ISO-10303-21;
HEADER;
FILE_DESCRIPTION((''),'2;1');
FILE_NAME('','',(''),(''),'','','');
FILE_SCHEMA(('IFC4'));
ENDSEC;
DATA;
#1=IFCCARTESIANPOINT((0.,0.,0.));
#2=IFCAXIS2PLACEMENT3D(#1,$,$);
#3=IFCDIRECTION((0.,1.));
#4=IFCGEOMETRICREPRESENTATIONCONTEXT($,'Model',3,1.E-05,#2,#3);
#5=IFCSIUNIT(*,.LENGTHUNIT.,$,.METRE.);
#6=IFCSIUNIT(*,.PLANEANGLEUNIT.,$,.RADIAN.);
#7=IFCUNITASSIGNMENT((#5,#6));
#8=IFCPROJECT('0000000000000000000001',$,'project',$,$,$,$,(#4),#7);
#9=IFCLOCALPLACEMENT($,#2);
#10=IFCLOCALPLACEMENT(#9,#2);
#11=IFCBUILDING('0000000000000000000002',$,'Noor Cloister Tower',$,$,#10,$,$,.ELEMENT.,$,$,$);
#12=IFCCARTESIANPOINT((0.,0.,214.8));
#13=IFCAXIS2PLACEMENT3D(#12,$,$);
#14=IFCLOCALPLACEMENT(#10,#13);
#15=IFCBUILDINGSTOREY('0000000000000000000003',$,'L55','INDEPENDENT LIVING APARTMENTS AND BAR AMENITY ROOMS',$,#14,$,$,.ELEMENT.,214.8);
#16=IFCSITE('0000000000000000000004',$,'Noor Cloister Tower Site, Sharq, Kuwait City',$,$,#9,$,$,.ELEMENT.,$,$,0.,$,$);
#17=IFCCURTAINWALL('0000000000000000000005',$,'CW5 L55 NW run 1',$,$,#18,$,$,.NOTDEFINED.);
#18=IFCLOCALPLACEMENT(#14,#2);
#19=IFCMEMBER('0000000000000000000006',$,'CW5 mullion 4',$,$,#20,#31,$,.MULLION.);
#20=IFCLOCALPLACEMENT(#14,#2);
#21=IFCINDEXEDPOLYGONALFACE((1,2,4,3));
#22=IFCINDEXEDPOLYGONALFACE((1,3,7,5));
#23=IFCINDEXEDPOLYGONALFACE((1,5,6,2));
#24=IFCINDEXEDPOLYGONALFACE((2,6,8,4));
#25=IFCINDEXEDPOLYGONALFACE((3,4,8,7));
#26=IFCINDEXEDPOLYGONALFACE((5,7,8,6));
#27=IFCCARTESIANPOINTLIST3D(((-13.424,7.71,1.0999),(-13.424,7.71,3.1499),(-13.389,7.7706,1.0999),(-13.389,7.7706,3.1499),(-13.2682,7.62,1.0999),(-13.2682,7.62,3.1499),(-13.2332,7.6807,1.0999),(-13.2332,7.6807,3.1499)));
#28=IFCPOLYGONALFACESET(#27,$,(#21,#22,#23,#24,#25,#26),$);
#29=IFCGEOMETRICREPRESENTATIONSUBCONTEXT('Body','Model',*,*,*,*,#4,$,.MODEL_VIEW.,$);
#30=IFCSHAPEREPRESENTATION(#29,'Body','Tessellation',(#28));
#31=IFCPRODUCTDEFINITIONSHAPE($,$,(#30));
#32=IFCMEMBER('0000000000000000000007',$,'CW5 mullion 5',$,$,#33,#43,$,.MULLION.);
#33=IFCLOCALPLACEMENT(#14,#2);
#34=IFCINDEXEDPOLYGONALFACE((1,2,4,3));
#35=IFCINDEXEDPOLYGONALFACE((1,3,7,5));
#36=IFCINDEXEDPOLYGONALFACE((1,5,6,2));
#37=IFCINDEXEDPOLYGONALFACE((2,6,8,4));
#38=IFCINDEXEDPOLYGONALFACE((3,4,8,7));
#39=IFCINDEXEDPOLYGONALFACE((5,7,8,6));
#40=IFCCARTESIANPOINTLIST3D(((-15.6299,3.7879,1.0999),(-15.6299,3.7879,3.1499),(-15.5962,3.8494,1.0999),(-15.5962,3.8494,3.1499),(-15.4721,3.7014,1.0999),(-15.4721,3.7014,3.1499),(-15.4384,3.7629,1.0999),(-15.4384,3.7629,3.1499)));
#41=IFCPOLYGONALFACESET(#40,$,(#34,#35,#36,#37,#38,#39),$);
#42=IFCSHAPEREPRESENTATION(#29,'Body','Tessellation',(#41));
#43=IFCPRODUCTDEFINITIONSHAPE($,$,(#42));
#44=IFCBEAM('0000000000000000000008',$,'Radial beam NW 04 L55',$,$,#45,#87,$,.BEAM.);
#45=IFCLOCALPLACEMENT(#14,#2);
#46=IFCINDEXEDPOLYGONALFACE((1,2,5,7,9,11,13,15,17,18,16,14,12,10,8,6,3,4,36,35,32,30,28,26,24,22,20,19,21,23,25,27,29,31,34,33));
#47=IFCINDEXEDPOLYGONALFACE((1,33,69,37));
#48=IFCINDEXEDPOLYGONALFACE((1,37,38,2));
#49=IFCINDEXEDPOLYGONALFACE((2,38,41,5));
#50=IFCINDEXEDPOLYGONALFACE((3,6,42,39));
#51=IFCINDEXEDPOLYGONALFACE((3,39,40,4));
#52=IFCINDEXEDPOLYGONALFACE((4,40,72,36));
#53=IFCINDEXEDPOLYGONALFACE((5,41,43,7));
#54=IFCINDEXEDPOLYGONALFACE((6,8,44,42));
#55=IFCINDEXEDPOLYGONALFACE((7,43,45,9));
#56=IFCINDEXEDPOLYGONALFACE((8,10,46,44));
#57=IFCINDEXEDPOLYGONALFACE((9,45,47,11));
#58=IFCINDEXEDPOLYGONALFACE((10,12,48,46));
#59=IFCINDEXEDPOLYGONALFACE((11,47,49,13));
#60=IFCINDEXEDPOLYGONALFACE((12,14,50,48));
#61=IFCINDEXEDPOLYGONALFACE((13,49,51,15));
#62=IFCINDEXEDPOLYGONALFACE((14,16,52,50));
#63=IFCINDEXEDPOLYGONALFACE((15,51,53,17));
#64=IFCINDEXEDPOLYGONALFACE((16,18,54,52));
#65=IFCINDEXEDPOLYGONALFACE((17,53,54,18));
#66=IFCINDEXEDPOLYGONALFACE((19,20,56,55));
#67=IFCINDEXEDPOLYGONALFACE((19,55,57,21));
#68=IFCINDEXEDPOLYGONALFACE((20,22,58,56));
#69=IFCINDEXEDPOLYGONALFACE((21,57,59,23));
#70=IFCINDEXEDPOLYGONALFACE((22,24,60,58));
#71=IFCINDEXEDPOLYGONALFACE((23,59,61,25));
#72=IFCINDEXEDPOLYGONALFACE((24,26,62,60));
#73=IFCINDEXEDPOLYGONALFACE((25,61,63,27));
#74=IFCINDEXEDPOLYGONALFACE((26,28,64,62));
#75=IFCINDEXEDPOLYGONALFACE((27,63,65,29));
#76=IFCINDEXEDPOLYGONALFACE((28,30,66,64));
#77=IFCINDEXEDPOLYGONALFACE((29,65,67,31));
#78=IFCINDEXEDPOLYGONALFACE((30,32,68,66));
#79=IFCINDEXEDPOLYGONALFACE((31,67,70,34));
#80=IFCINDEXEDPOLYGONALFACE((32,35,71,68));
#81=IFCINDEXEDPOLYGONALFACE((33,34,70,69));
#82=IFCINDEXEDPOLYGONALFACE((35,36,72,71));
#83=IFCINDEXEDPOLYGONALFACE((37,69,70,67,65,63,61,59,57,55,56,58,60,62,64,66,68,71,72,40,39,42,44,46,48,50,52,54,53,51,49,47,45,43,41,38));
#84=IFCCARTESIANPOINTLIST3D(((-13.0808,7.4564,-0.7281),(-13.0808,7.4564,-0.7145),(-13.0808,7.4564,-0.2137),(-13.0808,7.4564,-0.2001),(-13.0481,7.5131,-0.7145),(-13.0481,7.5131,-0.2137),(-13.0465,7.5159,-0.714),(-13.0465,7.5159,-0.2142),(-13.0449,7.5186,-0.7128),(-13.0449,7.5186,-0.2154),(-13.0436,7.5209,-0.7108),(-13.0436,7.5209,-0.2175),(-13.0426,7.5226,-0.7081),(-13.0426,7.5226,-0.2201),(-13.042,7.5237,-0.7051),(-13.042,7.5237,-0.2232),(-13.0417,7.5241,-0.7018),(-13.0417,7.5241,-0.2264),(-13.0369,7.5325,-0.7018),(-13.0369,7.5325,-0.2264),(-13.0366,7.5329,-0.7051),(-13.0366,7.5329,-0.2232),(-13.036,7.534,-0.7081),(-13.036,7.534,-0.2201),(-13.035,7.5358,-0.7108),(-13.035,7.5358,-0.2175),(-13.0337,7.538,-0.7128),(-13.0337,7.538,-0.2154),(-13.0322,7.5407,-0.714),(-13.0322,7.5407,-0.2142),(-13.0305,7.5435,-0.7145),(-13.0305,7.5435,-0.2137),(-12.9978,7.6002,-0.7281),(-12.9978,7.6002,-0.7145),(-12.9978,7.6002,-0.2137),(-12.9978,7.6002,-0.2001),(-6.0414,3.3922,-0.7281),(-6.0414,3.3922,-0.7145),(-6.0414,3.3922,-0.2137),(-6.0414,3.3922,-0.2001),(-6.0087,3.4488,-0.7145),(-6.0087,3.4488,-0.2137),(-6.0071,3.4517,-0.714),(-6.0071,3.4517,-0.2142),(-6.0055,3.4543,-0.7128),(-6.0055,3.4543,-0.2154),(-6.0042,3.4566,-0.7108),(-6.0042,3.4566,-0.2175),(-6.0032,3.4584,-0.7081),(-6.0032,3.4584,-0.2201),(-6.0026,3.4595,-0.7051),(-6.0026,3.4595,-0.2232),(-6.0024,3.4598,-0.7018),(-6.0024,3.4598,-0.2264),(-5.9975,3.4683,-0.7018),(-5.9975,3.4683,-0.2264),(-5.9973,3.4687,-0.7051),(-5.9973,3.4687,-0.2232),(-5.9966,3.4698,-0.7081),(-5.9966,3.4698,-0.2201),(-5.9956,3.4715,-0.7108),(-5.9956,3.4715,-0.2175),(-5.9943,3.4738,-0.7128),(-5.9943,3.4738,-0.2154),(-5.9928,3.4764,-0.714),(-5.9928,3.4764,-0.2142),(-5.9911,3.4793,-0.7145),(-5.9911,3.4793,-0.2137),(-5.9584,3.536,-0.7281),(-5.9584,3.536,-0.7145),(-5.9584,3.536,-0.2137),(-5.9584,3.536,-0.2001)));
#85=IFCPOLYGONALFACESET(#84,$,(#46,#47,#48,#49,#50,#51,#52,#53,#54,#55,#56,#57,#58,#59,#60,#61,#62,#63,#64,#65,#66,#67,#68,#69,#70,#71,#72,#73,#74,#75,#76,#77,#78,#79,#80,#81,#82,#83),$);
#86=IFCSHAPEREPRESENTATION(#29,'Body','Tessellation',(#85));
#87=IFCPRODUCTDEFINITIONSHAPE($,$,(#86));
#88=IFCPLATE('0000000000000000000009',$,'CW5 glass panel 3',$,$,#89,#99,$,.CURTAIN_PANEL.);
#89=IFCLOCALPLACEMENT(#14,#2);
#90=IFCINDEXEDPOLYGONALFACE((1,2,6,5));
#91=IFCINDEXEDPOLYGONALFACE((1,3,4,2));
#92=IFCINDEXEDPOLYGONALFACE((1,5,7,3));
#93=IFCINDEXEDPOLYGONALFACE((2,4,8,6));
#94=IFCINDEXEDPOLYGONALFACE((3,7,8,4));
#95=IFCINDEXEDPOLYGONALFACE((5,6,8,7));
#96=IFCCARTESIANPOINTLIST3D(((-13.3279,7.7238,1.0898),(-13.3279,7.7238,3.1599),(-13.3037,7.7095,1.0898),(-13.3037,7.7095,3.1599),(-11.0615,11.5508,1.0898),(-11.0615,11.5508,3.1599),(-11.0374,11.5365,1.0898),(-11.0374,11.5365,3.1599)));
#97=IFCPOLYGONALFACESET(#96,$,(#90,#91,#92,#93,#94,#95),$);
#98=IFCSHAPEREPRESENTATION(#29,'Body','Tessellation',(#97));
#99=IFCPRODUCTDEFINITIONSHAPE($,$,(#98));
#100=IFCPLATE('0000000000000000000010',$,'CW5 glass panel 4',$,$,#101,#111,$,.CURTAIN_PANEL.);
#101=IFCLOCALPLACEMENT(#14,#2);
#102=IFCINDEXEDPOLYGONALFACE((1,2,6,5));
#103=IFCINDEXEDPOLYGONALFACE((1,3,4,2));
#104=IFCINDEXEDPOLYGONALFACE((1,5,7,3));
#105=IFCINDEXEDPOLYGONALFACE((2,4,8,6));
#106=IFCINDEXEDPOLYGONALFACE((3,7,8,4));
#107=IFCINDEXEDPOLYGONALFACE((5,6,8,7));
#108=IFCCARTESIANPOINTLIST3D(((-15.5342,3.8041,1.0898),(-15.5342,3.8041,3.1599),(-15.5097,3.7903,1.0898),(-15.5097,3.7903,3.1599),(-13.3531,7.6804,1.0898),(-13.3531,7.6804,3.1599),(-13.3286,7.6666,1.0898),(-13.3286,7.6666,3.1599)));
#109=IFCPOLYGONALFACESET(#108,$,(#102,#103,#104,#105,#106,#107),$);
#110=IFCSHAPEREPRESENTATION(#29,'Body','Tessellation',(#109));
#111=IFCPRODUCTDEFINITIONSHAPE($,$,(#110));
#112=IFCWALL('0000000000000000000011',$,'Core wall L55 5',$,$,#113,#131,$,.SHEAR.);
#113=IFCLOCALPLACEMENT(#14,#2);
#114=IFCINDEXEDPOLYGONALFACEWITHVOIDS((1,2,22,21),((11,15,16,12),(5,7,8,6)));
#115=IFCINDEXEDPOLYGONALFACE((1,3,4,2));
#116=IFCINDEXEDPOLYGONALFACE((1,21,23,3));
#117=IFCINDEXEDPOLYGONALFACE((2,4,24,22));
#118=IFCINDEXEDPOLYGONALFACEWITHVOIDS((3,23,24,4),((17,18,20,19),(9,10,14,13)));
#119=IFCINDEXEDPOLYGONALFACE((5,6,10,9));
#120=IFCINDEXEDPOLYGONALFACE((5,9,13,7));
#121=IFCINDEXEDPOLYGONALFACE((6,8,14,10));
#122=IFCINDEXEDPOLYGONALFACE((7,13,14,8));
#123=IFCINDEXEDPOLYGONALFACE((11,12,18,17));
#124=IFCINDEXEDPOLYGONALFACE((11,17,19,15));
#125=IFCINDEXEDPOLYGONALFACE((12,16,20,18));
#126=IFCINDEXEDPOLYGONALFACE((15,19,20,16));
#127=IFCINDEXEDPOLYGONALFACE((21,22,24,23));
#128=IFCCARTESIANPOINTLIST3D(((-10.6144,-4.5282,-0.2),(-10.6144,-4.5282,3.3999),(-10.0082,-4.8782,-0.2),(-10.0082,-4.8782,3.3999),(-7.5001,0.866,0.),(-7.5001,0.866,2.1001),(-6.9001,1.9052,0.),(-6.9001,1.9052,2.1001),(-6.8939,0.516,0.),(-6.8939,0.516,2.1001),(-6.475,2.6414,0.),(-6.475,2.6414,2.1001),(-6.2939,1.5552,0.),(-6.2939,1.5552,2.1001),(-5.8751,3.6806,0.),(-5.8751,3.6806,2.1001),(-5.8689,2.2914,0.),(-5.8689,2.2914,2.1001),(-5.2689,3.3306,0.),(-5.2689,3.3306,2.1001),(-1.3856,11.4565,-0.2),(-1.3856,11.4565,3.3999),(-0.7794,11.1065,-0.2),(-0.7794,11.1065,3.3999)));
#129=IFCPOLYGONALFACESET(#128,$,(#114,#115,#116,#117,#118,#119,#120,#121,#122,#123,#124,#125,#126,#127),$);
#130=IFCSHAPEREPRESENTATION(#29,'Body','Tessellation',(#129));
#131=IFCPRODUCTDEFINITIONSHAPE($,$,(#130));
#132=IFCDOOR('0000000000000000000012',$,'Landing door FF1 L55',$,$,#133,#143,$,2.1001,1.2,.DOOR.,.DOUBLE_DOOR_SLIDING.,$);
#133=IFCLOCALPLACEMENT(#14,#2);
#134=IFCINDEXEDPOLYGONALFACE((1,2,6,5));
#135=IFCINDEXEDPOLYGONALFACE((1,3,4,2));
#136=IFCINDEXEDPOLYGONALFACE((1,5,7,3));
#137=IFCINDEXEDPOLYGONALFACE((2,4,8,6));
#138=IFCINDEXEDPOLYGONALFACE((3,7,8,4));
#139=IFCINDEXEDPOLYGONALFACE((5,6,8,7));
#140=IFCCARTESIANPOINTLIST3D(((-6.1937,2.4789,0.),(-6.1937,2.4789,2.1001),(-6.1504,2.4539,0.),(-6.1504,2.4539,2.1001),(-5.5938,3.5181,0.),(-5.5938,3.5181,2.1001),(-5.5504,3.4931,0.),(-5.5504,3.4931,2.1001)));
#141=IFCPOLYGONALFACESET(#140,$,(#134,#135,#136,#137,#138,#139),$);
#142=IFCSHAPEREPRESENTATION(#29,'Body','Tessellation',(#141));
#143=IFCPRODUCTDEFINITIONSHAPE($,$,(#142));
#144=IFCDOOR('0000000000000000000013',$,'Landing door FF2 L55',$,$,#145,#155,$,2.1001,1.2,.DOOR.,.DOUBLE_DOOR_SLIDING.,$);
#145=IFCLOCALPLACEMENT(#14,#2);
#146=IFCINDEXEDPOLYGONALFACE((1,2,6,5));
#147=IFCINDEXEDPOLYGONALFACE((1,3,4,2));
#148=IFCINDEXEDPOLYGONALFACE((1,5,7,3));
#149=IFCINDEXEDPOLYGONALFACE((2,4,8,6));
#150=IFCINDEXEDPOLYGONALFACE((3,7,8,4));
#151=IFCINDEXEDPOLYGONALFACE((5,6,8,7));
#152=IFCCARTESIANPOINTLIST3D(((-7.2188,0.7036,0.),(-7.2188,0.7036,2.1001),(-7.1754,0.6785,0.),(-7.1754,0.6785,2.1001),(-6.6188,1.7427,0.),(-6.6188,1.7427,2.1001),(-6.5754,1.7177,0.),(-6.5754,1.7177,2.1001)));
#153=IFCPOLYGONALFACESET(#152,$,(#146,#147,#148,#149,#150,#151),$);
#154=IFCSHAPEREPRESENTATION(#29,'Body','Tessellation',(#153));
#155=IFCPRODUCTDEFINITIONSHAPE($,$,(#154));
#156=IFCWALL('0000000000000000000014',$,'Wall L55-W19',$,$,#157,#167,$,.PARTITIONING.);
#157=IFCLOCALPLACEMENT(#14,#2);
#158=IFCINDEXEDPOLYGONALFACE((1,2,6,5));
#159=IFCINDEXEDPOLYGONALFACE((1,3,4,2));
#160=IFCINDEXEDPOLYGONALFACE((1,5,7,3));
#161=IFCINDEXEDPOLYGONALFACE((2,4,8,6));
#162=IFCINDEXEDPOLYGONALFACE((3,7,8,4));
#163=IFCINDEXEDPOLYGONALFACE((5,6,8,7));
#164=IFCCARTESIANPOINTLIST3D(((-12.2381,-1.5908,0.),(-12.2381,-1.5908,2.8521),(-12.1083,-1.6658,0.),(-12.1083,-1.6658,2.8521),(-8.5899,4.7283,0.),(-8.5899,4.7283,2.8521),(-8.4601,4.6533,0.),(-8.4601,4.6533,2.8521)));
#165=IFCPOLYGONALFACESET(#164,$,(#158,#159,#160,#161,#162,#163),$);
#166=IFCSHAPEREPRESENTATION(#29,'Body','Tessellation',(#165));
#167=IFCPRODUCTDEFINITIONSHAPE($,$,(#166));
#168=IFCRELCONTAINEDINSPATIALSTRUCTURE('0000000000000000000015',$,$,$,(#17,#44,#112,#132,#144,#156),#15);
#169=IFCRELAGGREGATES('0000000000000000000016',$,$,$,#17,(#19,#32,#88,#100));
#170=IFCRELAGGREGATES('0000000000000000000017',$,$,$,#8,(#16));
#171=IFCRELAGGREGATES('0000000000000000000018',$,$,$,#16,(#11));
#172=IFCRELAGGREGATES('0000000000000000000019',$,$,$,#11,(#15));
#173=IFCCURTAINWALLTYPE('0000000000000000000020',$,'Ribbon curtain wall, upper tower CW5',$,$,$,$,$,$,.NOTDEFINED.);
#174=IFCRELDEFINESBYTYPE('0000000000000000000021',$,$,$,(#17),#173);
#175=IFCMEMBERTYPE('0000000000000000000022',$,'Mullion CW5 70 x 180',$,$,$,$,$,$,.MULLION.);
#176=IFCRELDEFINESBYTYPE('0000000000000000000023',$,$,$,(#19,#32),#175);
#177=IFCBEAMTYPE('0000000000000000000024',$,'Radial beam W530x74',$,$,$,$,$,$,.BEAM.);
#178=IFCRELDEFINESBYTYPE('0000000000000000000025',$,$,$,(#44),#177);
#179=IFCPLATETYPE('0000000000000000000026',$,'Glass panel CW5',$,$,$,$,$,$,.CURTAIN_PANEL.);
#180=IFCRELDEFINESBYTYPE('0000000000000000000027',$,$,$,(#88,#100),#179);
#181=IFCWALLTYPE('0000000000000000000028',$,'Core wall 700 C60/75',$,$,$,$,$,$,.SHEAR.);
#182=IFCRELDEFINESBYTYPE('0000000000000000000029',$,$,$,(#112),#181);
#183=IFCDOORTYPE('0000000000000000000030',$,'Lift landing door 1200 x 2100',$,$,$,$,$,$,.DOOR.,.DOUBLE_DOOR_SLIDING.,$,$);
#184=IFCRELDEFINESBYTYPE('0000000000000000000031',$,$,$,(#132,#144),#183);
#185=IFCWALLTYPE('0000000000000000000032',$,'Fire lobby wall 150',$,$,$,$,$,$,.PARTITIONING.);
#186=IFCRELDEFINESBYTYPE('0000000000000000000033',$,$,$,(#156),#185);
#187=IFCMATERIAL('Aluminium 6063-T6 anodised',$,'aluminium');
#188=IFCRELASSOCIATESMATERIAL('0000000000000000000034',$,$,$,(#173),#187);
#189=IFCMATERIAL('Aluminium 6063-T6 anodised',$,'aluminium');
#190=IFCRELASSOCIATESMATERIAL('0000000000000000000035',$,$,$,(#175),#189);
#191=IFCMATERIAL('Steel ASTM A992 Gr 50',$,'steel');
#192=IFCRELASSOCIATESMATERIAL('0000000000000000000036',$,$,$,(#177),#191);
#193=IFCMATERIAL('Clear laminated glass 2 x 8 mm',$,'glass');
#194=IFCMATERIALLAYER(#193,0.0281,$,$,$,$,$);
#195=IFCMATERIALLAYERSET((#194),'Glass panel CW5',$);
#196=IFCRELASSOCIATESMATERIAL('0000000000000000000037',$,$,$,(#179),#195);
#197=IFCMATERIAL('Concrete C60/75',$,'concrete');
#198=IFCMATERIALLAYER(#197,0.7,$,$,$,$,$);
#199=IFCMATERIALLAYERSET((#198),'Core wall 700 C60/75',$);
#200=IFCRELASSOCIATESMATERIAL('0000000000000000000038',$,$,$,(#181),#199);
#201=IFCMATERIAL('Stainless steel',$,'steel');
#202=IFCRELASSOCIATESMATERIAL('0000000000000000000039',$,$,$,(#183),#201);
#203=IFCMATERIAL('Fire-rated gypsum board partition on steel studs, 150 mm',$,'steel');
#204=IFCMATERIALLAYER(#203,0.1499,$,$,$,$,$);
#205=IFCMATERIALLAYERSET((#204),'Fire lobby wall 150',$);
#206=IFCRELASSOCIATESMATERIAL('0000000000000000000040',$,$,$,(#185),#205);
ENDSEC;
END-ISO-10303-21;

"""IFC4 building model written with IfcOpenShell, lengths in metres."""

from ifc_helpers import new_model, si_unit, direction, frame, frame_2d, origin, origin_2d, place, context, subcontext, project, spatial, rectangle, i_section, extrude, material, layer, layer_set, material_profile, profile_set, type_object, element, fill, aggregate, save


model = new_model("IFC4")

# Units and contexts
model_context = context("Model", 3, precision=1e-05, world=origin(), true_north=direction((0.0, 1.0)))
body_context = subcontext(model_context, "Body", "Model", "MODEL_VIEW")
ifc_project = project(units=[si_unit("LENGTHUNIT", "METRE"), si_unit("PLANEANGLEUNIT", "RADIAN")], contexts=[model_context])

# Site, building, storey
site_placement = place(None, origin())
site = spatial("IfcSite", under=ifc_project, at=site_placement, Name="Noor Cloister Tower Site, Sharq, Kuwait City", CompositionType="ELEMENT", RefElevation=0.0)
building_placement = place(site_placement, origin())
building = spatial("IfcBuilding", under=site, at=building_placement, Name="Noor Cloister Tower", CompositionType="ELEMENT")
storey_placement = place(building_placement, frame((0.0, 0.0, 214.8)))
storey = spatial("IfcBuildingStorey", under=building, at=storey_placement, Name="L55", Description="INDEPENDENT LIVING APARTMENTS AND BAR AMENITY ROOMS", CompositionType="ELEMENT", Elevation=214.8)

# Curtain wall, members
ifc_material_1 = material(Name="Aluminium 6063-T6 anodised", Category="aluminium")
curtain_wall_type = type_object("IfcCurtainWallType", Name="Ribbon curtain wall, upper tower CW5", PredefinedType="NOTDEFINED", material=ifc_material_1)
curtain_wall_placement = place(storey_placement, origin())
curtain_wall = element("IfcCurtainWall", 1, at=curtain_wall_placement, inside=storey, type_object=curtain_wall_type, Name="CW5 L55 NW run 1", PredefinedType="NOTDEFINED")
ifc_material_2 = material(Name="Aluminium 6063-T6 anodised", Category="aluminium")
ifc_material_profile_1 = material_profile(ifc_material_2, rectangle(XDim=0.1799, YDim=0.0701, at=origin_2d()), Name="180 x 70 mullion")
ifc_profile_set_1 = profile_set([ifc_material_profile_1], Name="Aluminium 6063-T6 anodised")
member_type = type_object("IfcMemberType", Name="Mullion CW5 70 x 180", PredefinedType="MULLION", material=ifc_profile_set_1)
member_1_placement = place(storey_placement, frame((-13.3286, 7.6953, 1.0999), z_axis=(0.0, 0.0, 1.0), x_axis=(0.866025, -0.5, 0.0)))
member_1 = element("IfcMember", 2, at=member_1_placement, type_object=member_type, Name="CW5 mullion 4", PredefinedType="MULLION", context=body_context, shape_type="SweptSolid", body=[
    extrude(rectangle(XDim=0.1799, YDim=0.0701, at=origin_2d()), origin(), (0.0, 0.0, 1.0), 2.05),
])
member_2_placement = place(storey_placement, frame((-15.5342, 3.7754, 1.0999), z_axis=(0.0, 0.0, 1.0), x_axis=(0.876879, -0.480711, 0.0)))
member_2 = element("IfcMember", 3, at=member_2_placement, type_object=member_type, Name="CW5 mullion 5", PredefinedType="MULLION", context=body_context, shape_type="SweptSolid", body=[
    extrude(rectangle(XDim=0.1799, YDim=0.0701, at=origin_2d()), origin(), (0.0, 0.0, 1.0), 2.05),
])

# Beam
ifc_material_3 = material(Name="Steel ASTM A992 Gr 50", Category="steel")
ifc_material_profile_2 = material_profile(ifc_material_3, i_section(OverallWidth=0.166, OverallDepth=0.5281, WebThickness=0.0098, FlangeThickness=0.0137, FilletRadius=0.0127, at=origin_2d()), Name="W530x74")
ifc_profile_set_2 = profile_set([ifc_material_profile_2], Name="Steel ASTM A992 Gr 50")
beam_type_1 = type_object("IfcBeamType", Name="Radial beam W530x74", PredefinedType="BEAM", material=ifc_profile_set_2)
beam_placement = place(storey_placement, frame((-13.0393, 7.5283, -0.4641), z_axis=(0.866022, -0.500006, 0.0), x_axis=(0.500006, 0.866022, 0.0)))
element("IfcBeam", 4, at=beam_placement, inside=storey, type_object=beam_type_1, Name="Radial beam NW 04 L55", PredefinedType="BEAM", context=body_context, shape_type="SweptSolid", body=[
    extrude(i_section(OverallWidth=0.166, OverallDepth=0.5281, WebThickness=0.0098, FlangeThickness=0.0137, FilletRadius=0.0127, at=origin_2d()), origin(), (0.0, 0.0, 1.0), 8.1284),
])

# Plates
ifc_material_4 = material(Name="Clear laminated glass 2 x 8 mm", Category="glass")
ifc_layer_1 = layer(ifc_material_4, 0.0281)
ifc_layer_set_1 = layer_set([ifc_layer_1], Name="Glass panel CW5")
plate_type = type_object("IfcPlateType", Name="Glass panel CW5", PredefinedType="CURTAIN_PANEL", material=ifc_layer_set_1)
plate_1_placement = place(storey_placement, frame((-12.1826, 9.6301, 1.0898), z_axis=(0.0, 0.0, 1.0), x_axis=(-0.509553, -0.860439, 0.0)))
plate_1 = element("IfcPlate", 5, at=plate_1_placement, type_object=plate_type, Name="CW5 glass panel 3", PredefinedType="CURTAIN_PANEL", context=body_context, shape_type="SweptSolid", body=[
    extrude(rectangle(XDim=4.4478, YDim=0.0281, at=origin_2d()), origin(), (0.0, 0.0, 1.0), 2.0701),
])
plate_2_placement = place(storey_placement, frame((-14.4314, 5.7354, 1.0898), z_axis=(0.0, 0.0, 1.0), x_axis=(-0.490386, -0.871506, 0.0)))
plate_2 = element("IfcPlate", 6, at=plate_2_placement, type_object=plate_type, Name="CW5 glass panel 4", PredefinedType="CURTAIN_PANEL", context=body_context, shape_type="SweptSolid", body=[
    extrude(rectangle(XDim=4.4478, YDim=0.0281, at=origin_2d()), origin(), (0.0, 0.0, 1.0), 2.0701),
])
aggregate(curtain_wall, [member_1, member_2, plate_1, plate_2])

# Wall, openings, doors
ifc_material_5 = material(Name="Concrete C60/75", Category="concrete")
ifc_layer_2 = layer(ifc_material_5, 0.7)
ifc_layer_set_2 = layer_set([ifc_layer_2], Name="Core wall 700 C60/75")
wall_type_1 = type_object("IfcWallType", Name="Core wall 700 C60/75", PredefinedType="SHEAR", material=ifc_layer_set_2)
wall_1_placement = place(storey_placement, frame((-1.0825, 11.2815, -0.2), z_axis=(0.0, 0.0, 1.0), x_axis=(-0.500001, -0.866025, 0.0)))
wall_1 = element("IfcWall", 7, at=wall_1_placement, inside=storey, type_object=wall_type_1, Name="Core wall L55 5", PredefinedType="SHEAR", context=body_context, shape_type="SweptSolid", body=[
    extrude(rectangle(XDim=18.4575, YDim=0.7, at=frame_2d((9.2288, 0.0))), origin(), (0.0, 0.0, 1.0), 3.5999),
])
opening_1_placement = place(wall_1_placement, frame((8.9788, 0.0, 0.2)))
opening_1 = element("IfcOpeningElement", 8, at=opening_1_placement, cuts=wall_1, PredefinedType="OPENING", context=body_context, shape_type="SweptSolid", body=[
    extrude(rectangle(XDim=1.2, YDim=2.1001, at=frame_2d((0.6001, 1.05))), frame((0.0, 0.3599, 0.0), z_axis=(0.0, -1.0, 0.0), x_axis=(1.0, 0.0, 0.0)), (0.0, 0.0, 1.0), 0.72),
])
opening_2_placement = place(wall_1_placement, frame((11.0288, 0.0, 0.2)))
opening_2 = element("IfcOpeningElement", 9, at=opening_2_placement, cuts=wall_1, PredefinedType="OPENING", context=body_context, shape_type="SweptSolid", body=[
    extrude(rectangle(XDim=1.2, YDim=2.1001, at=frame_2d((0.6001, 1.05))), frame((0.0, 0.3599, 0.0), z_axis=(0.0, -1.0, 0.0), x_axis=(1.0, 0.0, 0.0)), (0.0, 0.0, 1.0), 0.72),
])
ifc_material_6 = material(Name="Stainless steel", Category="steel")
door_type_1 = type_object("IfcDoorType", Name="Lift landing door 1200 x 2100", OperationType="DOUBLE_DOOR_SLIDING", PredefinedType="DOOR", material=ifc_material_6)
door_1_placement = place(opening_1_placement, origin())
door_1 = element("IfcDoor", 10, at=door_1_placement, inside=storey, type_object=door_type_1, Name="Landing door FF1 L55", OperationType="DOUBLE_DOOR_SLIDING", OverallHeight=2.1001, OverallWidth=1.2, PredefinedType="DOOR", context=body_context, shape_type="SweptSolid", body=[
    extrude(rectangle(XDim=1.2, YDim=2.1001, at=frame_2d((0.6001, 1.05))), frame((0.0, 0.0249, 0.0), z_axis=(0.0, -1.0, 0.0), x_axis=(1.0, 0.0, 0.0)), (0.0, 0.0, 1.0), 0.05),
])
fill(opening_1, door_1)
door_2_placement = place(opening_2_placement, origin())
door_2 = element("IfcDoor", 11, at=door_2_placement, inside=storey, type_object=door_type_1, Name="Landing door FF2 L55", OperationType="DOUBLE_DOOR_SLIDING", OverallHeight=2.1001, OverallWidth=1.2, PredefinedType="DOOR", context=body_context, shape_type="SweptSolid", body=[
    extrude(rectangle(XDim=1.2, YDim=2.1001, at=frame_2d((0.6001, 1.05))), frame((0.0, 0.0249, 0.0), z_axis=(0.0, -1.0, 0.0), x_axis=(1.0, 0.0, 0.0)), (0.0, 0.0, 1.0), 0.05),
])
fill(opening_2, door_2)

# Wall
ifc_material_7 = material(Name="Fire-rated gypsum board partition on steel studs, 150 mm", Category="steel")
ifc_layer_3 = layer(ifc_material_7, 0.1499)
ifc_layer_set_3 = layer_set([ifc_layer_3], Name="Fire lobby wall 150")
wall_type_2 = type_object("IfcWallType", Name="Fire lobby wall 150", PredefinedType="PARTITIONING", material=ifc_layer_set_3)
wall_2_placement = place(storey_placement, frame((-8.5249, 4.6909, 0.0), z_axis=(0.0, 0.0, 1.0), x_axis=(-0.499986, -0.866033, 0.0)))
element("IfcWall", 12, at=wall_2_placement, inside=storey, type_object=wall_type_2, Name="Wall L55-W19", PredefinedType="PARTITIONING", context=body_context, shape_type="SweptSolid", body=[
    extrude(rectangle(XDim=7.2966, YDim=0.1499, at=frame_2d((3.6484, 0.0))), origin(), (0.0, 0.0, 1.0), 2.8521),
])

save(model, "model.ifc")
